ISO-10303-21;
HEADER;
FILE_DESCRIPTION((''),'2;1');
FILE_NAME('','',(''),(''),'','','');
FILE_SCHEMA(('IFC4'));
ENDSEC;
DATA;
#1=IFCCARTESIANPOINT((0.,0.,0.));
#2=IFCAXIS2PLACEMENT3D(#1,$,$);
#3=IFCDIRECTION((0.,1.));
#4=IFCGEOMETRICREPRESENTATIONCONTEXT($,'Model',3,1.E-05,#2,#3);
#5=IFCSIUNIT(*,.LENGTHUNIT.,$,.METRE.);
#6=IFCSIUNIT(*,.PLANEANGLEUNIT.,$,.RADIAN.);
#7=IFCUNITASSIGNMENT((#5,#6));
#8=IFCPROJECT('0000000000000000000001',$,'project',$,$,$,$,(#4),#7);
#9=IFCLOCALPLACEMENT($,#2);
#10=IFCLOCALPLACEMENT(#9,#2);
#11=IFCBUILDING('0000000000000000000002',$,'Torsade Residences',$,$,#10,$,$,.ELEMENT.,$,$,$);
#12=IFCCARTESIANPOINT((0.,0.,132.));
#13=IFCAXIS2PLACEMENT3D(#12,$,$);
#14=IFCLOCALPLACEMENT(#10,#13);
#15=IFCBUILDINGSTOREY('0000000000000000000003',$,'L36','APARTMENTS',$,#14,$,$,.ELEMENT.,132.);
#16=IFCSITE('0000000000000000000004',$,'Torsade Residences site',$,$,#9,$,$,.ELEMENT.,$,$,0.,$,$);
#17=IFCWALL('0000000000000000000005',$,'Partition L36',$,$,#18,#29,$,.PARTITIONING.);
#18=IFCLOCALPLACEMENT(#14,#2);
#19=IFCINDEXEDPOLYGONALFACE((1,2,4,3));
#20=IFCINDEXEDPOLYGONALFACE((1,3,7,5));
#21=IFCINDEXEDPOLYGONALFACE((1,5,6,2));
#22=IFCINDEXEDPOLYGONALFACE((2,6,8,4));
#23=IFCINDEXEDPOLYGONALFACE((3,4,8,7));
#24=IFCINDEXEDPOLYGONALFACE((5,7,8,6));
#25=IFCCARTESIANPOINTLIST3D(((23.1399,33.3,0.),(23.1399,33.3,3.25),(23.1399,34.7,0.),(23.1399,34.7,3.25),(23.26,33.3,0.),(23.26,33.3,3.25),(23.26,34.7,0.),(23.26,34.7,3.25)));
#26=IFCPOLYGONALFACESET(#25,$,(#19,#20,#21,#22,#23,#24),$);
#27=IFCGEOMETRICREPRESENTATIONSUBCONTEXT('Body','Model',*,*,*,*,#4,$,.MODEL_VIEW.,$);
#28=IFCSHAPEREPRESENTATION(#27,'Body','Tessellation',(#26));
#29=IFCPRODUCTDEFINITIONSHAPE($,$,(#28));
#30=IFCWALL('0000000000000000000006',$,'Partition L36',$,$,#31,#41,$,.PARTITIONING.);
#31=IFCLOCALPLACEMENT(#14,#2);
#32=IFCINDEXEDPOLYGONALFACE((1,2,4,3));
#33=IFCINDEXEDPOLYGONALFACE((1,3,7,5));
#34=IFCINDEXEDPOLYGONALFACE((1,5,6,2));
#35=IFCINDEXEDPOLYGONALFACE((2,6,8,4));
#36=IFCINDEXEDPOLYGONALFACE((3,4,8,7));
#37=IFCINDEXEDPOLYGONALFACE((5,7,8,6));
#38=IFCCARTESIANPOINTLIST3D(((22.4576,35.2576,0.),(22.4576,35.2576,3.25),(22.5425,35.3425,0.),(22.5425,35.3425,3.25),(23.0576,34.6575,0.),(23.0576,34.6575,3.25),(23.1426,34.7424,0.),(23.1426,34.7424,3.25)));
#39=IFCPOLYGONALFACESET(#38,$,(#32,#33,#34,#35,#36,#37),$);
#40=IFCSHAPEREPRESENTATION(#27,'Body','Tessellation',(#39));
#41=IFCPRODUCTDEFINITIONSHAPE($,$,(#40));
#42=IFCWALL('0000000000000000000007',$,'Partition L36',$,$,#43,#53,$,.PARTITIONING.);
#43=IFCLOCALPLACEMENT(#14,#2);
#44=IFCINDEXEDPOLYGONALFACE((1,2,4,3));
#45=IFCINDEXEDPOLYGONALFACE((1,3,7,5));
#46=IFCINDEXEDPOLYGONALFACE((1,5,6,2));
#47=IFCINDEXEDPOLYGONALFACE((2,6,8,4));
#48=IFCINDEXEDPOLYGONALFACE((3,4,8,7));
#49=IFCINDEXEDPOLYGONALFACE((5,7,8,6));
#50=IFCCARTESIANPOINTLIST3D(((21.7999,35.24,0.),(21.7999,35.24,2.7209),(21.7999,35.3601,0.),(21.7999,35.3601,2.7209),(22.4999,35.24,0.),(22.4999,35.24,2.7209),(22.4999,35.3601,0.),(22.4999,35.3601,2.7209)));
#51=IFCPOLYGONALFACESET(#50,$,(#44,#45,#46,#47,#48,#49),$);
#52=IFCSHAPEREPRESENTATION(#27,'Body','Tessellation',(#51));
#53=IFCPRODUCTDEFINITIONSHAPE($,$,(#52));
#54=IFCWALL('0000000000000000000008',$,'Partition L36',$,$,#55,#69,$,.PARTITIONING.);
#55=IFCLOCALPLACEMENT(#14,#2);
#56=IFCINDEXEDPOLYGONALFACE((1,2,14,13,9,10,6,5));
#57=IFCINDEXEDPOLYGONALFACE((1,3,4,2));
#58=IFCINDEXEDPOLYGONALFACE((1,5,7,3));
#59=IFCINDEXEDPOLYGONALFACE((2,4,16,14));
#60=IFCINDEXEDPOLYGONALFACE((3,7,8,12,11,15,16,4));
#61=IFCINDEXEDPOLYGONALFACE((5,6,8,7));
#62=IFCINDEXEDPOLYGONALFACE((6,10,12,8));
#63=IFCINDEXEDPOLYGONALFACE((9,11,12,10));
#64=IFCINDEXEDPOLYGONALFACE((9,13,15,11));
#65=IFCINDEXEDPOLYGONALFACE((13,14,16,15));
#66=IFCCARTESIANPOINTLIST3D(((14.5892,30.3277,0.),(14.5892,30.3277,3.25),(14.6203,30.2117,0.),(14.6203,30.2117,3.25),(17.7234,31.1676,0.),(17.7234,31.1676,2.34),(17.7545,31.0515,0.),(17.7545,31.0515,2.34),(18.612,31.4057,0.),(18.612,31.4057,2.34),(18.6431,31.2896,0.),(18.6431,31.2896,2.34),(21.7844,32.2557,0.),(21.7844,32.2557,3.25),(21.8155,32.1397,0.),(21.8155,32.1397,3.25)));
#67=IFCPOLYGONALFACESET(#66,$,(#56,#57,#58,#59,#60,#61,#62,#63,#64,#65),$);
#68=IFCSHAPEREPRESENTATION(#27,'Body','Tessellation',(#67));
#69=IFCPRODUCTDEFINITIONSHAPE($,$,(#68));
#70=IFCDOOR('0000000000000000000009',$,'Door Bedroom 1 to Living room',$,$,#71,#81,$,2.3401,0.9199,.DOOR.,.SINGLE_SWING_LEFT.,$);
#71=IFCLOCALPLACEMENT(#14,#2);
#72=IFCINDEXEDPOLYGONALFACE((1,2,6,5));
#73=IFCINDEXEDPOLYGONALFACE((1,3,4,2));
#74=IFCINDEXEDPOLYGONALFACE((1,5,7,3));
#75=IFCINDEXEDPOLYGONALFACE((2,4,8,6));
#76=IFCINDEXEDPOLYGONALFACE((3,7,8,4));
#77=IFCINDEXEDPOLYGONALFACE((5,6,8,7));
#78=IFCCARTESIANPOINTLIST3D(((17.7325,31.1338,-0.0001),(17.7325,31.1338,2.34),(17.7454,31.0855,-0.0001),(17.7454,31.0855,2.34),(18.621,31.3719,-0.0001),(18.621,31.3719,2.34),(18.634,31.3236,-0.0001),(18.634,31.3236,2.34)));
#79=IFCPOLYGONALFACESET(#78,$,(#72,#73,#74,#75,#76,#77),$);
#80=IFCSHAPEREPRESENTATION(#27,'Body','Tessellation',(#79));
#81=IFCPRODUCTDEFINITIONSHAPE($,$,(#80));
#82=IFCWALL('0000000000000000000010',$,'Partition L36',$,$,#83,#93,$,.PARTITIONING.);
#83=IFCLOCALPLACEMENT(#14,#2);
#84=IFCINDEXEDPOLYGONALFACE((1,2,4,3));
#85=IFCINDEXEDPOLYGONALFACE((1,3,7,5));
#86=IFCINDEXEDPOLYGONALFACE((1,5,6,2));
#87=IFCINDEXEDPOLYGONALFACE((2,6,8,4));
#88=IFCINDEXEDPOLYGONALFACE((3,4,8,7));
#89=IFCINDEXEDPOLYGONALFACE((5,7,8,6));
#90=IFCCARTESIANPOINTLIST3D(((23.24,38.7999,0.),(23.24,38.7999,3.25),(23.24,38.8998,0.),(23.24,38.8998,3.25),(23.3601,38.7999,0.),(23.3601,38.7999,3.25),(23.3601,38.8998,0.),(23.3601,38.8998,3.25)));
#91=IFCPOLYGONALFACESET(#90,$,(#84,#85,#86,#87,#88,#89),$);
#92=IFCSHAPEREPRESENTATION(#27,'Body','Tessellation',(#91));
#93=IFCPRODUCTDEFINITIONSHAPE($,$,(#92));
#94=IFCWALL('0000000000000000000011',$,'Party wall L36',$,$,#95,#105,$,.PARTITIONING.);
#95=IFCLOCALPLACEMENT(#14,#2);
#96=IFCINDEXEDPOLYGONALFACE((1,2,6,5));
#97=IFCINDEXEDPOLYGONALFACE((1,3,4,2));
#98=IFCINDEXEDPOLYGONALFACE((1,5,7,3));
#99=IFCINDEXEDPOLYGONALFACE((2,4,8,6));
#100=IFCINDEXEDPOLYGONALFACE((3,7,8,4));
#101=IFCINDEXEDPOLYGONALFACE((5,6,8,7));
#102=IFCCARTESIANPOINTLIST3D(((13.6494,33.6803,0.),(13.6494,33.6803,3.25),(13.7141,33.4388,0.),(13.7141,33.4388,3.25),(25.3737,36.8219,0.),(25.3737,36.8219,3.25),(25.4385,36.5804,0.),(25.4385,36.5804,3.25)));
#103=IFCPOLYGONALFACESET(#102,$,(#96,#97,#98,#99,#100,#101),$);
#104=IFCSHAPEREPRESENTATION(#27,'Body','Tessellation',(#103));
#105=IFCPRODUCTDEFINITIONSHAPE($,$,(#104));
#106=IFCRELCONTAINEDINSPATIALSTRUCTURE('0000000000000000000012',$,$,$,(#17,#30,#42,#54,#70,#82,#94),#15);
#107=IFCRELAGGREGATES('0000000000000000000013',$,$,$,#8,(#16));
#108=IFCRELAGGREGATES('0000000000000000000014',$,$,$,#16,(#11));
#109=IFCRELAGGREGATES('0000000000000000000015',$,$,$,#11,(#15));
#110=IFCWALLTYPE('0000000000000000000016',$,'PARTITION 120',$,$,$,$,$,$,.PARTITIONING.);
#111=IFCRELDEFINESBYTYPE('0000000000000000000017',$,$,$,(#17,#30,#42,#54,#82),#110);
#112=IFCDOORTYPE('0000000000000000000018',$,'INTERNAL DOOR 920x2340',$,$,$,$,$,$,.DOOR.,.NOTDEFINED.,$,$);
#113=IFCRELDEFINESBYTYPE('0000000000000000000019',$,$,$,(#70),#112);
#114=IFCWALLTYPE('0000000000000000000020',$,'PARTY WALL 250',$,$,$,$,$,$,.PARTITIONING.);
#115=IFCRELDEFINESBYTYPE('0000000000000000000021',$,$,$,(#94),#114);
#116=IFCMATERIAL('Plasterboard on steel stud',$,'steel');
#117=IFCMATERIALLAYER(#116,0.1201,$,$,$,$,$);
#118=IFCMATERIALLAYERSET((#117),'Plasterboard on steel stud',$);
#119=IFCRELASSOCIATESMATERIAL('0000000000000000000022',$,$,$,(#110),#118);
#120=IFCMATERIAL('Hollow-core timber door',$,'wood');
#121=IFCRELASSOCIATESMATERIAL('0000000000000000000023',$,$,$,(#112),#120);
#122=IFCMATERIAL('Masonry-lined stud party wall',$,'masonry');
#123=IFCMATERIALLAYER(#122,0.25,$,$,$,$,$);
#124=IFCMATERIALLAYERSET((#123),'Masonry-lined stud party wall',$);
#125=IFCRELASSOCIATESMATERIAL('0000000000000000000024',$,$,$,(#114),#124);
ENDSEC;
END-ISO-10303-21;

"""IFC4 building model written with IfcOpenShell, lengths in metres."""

from ifc_helpers import new_model, si_unit, direction, frame, frame_2d, origin, place, context, subcontext, project, spatial, rectangle, extrude, material, layer, layer_set, type_object, element, fill, save


model = new_model("IFC4")

# Units and contexts
model_context = context("Model", 3, precision=1e-05, world=origin(), true_north=direction((0.0, 1.0)))
body_context = subcontext(model_context, "Body", "Model", "MODEL_VIEW")
ifc_project = project(units=[si_unit("LENGTHUNIT", "METRE"), si_unit("PLANEANGLEUNIT", "RADIAN")], contexts=[model_context])

# Site, building, storey
site_placement = place(None, origin())
site = spatial("IfcSite", under=ifc_project, at=site_placement, Name="Torsade Residences site", CompositionType="ELEMENT", RefElevation=0.0)
building_placement = place(site_placement, origin())
building = spatial("IfcBuilding", under=site, at=building_placement, Name="Torsade Residences", CompositionType="ELEMENT")
storey_placement = place(building_placement, frame((0.0, 0.0, 132.0)))
storey = spatial("IfcBuildingStorey", under=building, at=storey_placement, Name="L36", Description="APARTMENTS", CompositionType="ELEMENT", Elevation=132.0)

# Shared definitions
ifc_material_1 = material(Name="Plasterboard on steel stud", Category="steel")
ifc_layer_1 = layer(ifc_material_1, 0.1201)
ifc_layer_set_1 = layer_set([ifc_layer_1], Name="Plasterboard on steel stud")
wall_type_1 = type_object("IfcWallType", Name="PARTITION 120", PredefinedType="PARTITIONING", material=ifc_layer_set_1)

# Shared definitions
ifc_material_2 = material(Name="Hollow-core timber door", Category="wood")
door_type_1 = type_object("IfcDoorType", Name="INTERNAL DOOR 920x2340", OperationType="NOTDEFINED", PredefinedType="DOOR", material=ifc_material_2)

# Walls
wall_1_placement = place(storey_placement, frame((23.2, 33.3, 0.0), z_axis=(0.0, 0.0, 1.0), x_axis=(0.0, 1.0, 0.0)))
element("IfcWall", 1, at=wall_1_placement, inside=storey, type_object=wall_type_1, Name="Partition L36", PredefinedType="PARTITIONING", context=body_context, shape_type="SweptSolid", body=[
    extrude(rectangle(XDim=1.3999, YDim=0.1201, at=frame_2d((0.7, 0.0))), origin(), (0.0, 0.0, 1.0), 3.25),
])
wall_2_placement = place(storey_placement, frame((23.1001, 34.7, 0.0), z_axis=(0.0, 0.0, 1.0), x_axis=(-0.707107, 0.707107, 0.0)))
element("IfcWall", 2, at=wall_2_placement, inside=storey, type_object=wall_type_1, Name="Partition L36", PredefinedType="PARTITIONING", context=body_context, shape_type="SweptSolid", body=[
    extrude(rectangle(XDim=0.8486, YDim=0.1201, at=frame_2d((0.4243, 0.0))), origin(), (0.0, 0.0, 1.0), 3.25),
])
wall_3_placement = place(storey_placement, frame((22.5, 35.3, 0.0), z_axis=(0.0, 0.0, 1.0), x_axis=(-1.0, 0.0, 0.0)))
element("IfcWall", 3, at=wall_3_placement, inside=storey, type_object=wall_type_1, Name="Partition L36", PredefinedType="PARTITIONING", context=body_context, shape_type="SweptSolid", body=[
    extrude(rectangle(XDim=0.7, YDim=0.1201, at=frame_2d((0.3501, 0.0))), origin(), (0.0, 0.0, 1.0), 2.7209),
])

# Wall, opening, door
wall_4_placement = place(storey_placement, frame((21.8, 32.1978, 0.0), z_axis=(0.0, 0.0, 1.0), x_axis=(-0.965924, -0.258827, 0.0)))
wall_4 = element("IfcWall", 4, at=wall_4_placement, inside=storey, type_object=wall_type_1, Name="Partition L36", PredefinedType="PARTITIONING", context=body_context, shape_type="SweptSolid", body=[
    extrude(rectangle(XDim=7.449, YDim=0.1201, at=frame_2d((3.7246, 0.0))), origin(), (0.0, 0.0, 1.0), 3.25),
])
opening_1_placement = place(wall_4_placement, frame((3.2844, 0.0, 0.0)))
opening_1 = element("IfcOpeningElement", 5, at=opening_1_placement, cuts=wall_4, PredefinedType="OPENING", context=body_context, shape_type="SweptSolid", body=[
    extrude(rectangle(XDim=0.9199, YDim=2.3401, at=frame_2d((0.46, 1.1699))), frame((0.0, 0.0701, 0.0), z_axis=(0.0, -1.0, 0.0), x_axis=(1.0, 0.0, 0.0)), (0.0, 0.0, 1.0), 0.1401),
])
door_1_placement = place(opening_1_placement, origin())
door_1 = element("IfcDoor", 6, at=door_1_placement, inside=storey, type_object=door_type_1, Name="Door Bedroom 1 to Living room", OperationType="SINGLE_SWING_LEFT", OverallHeight=2.3401, OverallWidth=0.9199, PredefinedType="DOOR", context=body_context, shape_type="SweptSolid", body=[
    extrude(rectangle(XDim=0.9199, YDim=2.3401, at=frame_2d((0.46, 1.1699))), frame((0.0, 0.0249, 0.0), z_axis=(0.0, -1.0, 0.0), x_axis=(1.0, 0.0, 0.0)), (0.0, 0.0, 1.0), 0.05),
])
fill(opening_1, door_1)

# Walls
wall_5_placement = place(storey_placement, frame((23.3, 38.8, 0.0), z_axis=(0.0, 0.0, 1.0), x_axis=(0.0, 1.0, 0.0)))
element("IfcWall", 7, at=wall_5_placement, inside=storey, type_object=wall_type_1, Name="Partition L36", PredefinedType="PARTITIONING", context=body_context, shape_type="SweptSolid", body=[
    extrude(rectangle(XDim=0.0999, YDim=0.1201, at=frame_2d((0.0498, 0.0))), origin(), (0.0, 0.0, 1.0), 3.25),
])
ifc_material_3 = material(Name="Masonry-lined stud party wall", Category="masonry")
ifc_layer_2 = layer(ifc_material_3, 0.25)
ifc_layer_set_2 = layer_set([ifc_layer_2], Name="Masonry-lined stud party wall")
wall_type_2 = type_object("IfcWallType", Name="PARTY WALL 250", PredefinedType="PARTITIONING", material=ifc_layer_set_2)
wall_6_placement = place(storey_placement, frame((13.6819, 33.5596, 0.0), z_axis=(0.0, 0.0, 1.0), x_axis=(0.965924, 0.258824, 0.0)))
element("IfcWall", 8, at=wall_6_placement, inside=storey, type_object=wall_type_2, Name="Party wall L36", PredefinedType="PARTITIONING", context=body_context, shape_type="SweptSolid", body=[
    extrude(rectangle(XDim=12.1379, YDim=0.25, at=frame_2d((6.0688, 0.0))), origin(), (0.0, 0.0, 1.0), 3.25),
])

save(model, "model.ifc")
